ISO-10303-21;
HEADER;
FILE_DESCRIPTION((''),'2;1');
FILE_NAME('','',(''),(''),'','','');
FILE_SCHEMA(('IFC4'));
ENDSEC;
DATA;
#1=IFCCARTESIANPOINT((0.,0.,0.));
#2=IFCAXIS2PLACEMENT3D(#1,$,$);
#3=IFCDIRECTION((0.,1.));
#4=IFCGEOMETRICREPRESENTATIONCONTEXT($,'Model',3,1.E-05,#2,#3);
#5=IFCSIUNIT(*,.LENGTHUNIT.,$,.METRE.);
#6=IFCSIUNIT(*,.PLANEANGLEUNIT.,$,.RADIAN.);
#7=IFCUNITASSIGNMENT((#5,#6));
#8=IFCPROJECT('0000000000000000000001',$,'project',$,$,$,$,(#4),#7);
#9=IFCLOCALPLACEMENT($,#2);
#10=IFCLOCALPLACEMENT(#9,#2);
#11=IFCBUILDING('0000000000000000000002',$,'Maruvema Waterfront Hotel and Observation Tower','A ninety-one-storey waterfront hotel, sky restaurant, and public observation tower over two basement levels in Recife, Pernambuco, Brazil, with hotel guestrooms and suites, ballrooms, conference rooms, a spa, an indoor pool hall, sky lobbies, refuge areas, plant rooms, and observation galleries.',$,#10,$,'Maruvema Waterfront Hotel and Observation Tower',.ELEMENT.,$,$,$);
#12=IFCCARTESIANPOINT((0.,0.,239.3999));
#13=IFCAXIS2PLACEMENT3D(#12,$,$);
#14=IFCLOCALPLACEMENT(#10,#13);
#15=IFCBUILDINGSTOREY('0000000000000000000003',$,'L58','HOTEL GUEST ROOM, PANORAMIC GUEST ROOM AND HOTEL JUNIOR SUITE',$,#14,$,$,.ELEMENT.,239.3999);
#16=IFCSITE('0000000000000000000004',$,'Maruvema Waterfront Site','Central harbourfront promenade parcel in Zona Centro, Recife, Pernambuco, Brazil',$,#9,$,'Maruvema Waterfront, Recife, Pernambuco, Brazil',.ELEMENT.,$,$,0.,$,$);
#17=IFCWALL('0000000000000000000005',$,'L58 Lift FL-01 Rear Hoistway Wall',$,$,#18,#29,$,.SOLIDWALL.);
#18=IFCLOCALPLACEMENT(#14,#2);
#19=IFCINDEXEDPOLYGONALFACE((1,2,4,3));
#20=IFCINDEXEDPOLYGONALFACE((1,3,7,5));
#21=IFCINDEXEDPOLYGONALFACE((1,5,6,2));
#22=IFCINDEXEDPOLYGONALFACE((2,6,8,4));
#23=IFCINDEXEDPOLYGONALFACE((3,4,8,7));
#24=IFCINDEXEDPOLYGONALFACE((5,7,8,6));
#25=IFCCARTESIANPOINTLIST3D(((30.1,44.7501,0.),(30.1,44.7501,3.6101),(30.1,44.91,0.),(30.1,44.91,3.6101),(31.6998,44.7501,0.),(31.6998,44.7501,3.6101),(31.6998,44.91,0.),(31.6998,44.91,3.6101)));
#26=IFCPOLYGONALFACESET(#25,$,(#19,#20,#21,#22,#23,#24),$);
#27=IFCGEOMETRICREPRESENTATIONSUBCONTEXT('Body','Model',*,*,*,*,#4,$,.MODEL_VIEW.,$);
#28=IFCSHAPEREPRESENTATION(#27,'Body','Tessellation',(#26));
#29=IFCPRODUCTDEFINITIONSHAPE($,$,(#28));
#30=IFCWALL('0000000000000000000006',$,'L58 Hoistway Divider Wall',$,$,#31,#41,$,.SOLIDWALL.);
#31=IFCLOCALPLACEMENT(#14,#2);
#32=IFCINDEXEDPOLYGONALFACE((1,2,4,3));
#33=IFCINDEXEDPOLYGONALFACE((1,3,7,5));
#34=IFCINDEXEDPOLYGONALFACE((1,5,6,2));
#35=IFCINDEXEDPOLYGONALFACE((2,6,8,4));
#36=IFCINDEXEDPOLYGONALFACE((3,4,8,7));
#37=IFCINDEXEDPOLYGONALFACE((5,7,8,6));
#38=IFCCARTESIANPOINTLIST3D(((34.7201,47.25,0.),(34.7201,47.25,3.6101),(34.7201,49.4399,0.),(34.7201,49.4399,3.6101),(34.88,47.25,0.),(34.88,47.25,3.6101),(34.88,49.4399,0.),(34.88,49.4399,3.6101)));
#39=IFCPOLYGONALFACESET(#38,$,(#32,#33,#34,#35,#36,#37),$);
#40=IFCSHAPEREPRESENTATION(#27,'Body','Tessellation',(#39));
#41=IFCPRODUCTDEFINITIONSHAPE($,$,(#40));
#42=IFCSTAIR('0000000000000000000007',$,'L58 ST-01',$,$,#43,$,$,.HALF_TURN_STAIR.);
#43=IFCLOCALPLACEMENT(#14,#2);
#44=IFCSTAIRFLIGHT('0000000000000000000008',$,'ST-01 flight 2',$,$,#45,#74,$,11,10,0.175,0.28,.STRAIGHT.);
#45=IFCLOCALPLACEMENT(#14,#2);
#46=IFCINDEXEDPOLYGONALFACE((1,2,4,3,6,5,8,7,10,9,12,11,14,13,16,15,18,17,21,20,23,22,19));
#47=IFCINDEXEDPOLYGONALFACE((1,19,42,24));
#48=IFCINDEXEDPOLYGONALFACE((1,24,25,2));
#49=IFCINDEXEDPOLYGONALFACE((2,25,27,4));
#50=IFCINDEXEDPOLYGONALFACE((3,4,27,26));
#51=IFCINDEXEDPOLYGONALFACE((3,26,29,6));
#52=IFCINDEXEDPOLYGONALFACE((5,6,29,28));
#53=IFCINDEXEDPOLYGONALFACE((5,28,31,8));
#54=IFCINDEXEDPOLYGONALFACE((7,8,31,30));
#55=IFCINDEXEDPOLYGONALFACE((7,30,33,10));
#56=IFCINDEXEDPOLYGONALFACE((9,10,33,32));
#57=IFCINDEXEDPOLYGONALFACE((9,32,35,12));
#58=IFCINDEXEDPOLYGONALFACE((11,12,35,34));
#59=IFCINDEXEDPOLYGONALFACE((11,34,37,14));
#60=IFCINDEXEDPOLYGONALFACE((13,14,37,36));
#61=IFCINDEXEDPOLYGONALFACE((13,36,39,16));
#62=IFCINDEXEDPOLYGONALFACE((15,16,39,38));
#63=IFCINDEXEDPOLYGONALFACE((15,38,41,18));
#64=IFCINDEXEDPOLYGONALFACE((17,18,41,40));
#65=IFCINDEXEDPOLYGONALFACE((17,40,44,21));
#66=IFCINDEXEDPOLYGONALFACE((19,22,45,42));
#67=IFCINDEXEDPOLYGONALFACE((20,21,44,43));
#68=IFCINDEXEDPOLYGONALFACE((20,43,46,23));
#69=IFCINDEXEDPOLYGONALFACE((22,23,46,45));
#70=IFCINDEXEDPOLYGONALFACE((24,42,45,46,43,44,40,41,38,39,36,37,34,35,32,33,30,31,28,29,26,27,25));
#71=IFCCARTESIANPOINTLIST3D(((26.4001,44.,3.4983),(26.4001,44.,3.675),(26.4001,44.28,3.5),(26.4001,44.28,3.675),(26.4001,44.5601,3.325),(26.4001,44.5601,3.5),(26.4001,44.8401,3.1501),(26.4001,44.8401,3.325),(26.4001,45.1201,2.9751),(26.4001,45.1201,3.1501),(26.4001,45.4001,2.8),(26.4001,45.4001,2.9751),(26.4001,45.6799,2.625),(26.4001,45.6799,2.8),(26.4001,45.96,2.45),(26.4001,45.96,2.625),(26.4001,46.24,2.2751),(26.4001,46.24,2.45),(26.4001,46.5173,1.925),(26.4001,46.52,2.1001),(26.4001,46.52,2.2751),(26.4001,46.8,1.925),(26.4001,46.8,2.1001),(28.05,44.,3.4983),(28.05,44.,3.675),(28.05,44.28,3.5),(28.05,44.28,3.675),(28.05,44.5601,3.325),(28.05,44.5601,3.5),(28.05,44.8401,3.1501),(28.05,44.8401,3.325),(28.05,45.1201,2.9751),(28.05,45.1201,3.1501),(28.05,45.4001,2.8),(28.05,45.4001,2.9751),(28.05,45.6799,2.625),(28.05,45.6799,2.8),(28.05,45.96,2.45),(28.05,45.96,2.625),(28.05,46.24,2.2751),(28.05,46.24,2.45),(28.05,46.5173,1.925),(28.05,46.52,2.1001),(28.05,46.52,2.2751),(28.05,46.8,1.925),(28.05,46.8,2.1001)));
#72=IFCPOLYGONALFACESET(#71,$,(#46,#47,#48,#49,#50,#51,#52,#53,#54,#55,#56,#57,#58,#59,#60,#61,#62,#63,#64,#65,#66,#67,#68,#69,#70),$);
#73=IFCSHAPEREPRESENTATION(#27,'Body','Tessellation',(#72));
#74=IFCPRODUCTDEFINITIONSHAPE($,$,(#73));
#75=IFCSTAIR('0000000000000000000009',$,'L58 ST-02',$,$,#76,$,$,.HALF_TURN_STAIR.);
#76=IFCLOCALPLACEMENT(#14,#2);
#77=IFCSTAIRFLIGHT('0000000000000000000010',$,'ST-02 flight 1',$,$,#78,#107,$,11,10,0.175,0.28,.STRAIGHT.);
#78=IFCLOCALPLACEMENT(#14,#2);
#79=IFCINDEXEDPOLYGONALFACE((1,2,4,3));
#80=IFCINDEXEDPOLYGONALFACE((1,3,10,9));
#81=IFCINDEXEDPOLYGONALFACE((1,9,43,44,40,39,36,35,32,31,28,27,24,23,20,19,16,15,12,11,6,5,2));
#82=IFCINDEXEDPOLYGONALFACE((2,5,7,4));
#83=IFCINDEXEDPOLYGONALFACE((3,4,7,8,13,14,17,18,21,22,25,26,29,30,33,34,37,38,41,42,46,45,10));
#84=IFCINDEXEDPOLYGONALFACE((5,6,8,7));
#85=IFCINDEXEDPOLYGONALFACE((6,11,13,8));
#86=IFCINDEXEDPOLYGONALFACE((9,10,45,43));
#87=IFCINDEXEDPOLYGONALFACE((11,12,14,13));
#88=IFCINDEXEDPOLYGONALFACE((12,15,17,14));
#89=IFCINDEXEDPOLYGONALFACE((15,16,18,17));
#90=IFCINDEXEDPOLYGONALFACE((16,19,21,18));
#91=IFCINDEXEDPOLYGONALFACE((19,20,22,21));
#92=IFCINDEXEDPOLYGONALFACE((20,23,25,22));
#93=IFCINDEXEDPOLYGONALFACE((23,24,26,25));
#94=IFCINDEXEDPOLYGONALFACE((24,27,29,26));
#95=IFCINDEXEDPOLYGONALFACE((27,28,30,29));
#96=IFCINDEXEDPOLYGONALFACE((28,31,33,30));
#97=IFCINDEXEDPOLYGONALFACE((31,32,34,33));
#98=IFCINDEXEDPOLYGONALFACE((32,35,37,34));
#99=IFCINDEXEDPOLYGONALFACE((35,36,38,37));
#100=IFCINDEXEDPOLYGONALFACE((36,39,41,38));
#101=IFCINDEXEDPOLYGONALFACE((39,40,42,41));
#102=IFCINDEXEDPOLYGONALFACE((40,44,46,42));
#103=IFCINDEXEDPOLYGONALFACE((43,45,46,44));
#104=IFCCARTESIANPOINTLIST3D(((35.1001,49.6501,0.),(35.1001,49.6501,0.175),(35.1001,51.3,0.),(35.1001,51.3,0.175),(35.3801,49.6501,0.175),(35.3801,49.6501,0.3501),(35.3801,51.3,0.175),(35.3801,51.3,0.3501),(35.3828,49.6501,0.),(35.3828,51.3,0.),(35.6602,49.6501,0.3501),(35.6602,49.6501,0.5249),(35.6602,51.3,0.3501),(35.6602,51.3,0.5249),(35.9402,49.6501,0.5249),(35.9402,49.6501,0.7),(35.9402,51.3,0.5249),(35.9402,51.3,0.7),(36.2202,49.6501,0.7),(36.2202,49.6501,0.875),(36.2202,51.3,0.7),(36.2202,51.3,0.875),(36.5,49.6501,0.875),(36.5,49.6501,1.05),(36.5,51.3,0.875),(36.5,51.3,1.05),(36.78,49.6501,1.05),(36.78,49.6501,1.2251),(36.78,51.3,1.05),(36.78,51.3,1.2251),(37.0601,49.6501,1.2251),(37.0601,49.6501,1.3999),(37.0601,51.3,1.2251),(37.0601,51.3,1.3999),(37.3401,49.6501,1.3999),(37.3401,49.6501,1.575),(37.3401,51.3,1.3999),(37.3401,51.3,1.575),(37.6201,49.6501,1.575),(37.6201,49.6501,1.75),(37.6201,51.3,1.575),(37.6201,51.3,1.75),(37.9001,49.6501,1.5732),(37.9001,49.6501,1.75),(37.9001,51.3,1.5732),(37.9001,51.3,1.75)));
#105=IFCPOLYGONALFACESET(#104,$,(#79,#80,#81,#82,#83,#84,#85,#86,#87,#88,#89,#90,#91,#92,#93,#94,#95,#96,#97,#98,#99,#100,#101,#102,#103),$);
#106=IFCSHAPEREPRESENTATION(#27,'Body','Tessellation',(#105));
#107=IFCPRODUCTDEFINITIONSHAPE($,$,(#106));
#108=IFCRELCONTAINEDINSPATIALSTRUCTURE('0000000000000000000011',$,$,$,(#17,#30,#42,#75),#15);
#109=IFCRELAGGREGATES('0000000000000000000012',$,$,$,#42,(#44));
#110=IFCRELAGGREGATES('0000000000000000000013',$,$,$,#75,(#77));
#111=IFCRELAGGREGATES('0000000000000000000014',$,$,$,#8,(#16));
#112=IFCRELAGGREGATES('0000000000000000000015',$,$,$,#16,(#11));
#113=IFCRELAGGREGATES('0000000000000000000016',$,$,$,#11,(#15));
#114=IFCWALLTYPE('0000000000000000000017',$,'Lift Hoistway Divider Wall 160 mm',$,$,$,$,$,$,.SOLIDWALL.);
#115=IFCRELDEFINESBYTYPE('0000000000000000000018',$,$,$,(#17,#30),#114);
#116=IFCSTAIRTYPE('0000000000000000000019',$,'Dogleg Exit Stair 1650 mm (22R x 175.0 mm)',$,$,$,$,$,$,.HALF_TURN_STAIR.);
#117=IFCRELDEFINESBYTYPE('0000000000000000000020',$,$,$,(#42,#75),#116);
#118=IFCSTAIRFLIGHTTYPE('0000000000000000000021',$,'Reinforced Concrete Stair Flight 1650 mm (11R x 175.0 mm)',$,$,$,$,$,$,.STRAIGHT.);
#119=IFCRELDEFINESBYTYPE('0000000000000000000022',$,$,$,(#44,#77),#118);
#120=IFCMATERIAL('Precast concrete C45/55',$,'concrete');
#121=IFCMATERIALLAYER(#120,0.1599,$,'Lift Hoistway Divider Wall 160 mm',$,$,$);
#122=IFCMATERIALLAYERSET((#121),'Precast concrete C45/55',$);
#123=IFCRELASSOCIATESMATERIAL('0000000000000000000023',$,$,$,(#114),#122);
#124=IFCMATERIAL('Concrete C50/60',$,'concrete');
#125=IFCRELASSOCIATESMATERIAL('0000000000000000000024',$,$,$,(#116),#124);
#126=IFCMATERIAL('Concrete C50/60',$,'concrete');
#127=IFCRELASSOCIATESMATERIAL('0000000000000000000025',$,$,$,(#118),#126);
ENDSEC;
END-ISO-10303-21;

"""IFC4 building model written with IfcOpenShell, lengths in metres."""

from ifc_helpers import new_model, si_unit, direction, frame, frame_2d, origin, place, context, subcontext, project, spatial, polyline, rectangle, outline, extrude, material, layer, layer_set, type_object, element, aggregate, save


model = new_model("IFC4")

# Units and contexts
model_context = context("Model", 3, precision=1e-05, world=origin(), true_north=direction((0.0, 1.0)))
body_context = subcontext(model_context, "Body", "Model", "MODEL_VIEW")
ifc_project = project(units=[si_unit("LENGTHUNIT", "METRE"), si_unit("PLANEANGLEUNIT", "RADIAN")], contexts=[model_context])

# Site, building, storey
site_placement = place(None, origin())
site = spatial("IfcSite", under=ifc_project, at=site_placement, Name="Maruvema Waterfront Site", Description="Central harbourfront promenade parcel in Zona Centro, Recife, Pernambuco, Brazil", LongName="Maruvema Waterfront, Recife, Pernambuco, Brazil", CompositionType="ELEMENT", RefElevation=0.0)
building_placement = place(site_placement, origin())
building = spatial("IfcBuilding", under=site, at=building_placement, Name="Maruvema Waterfront Hotel and Observation Tower", Description="A ninety-one-storey waterfront hotel, sky restaurant, and public observation tower over two basement levels in Recife, Pernambuco, Brazil, with hotel guestrooms and suites, ballrooms, conference rooms, a spa, an indoor pool hall, sky lobbies, refuge areas, plant rooms, and observation galleries.", LongName="Maruvema Waterfront Hotel and Observation Tower", CompositionType="ELEMENT")
storey_placement = place(building_placement, frame((0.0, 0.0, 239.3999)))
storey = spatial("IfcBuildingStorey", under=building, at=storey_placement, Name="L58", Description="HOTEL GUEST ROOM, PANORAMIC GUEST ROOM AND HOTEL JUNIOR SUITE", CompositionType="ELEMENT", Elevation=239.3999)

# Walls
ifc_material_1 = material(Name="Precast concrete C45/55", Category="concrete")
ifc_layer_1 = layer(ifc_material_1, 0.1599, Name="Lift Hoistway Divider Wall 160 mm")
ifc_layer_set_1 = layer_set([ifc_layer_1], Name="Precast concrete C45/55")
wall_type_1 = type_object("IfcWallType", Name="Lift Hoistway Divider Wall 160 mm", PredefinedType="SOLIDWALL", material=ifc_layer_set_1)
wall_1_placement = place(storey_placement, frame((30.1001, 44.8301, 0.0), z_axis=(0.0, 0.0, 1.0), x_axis=(1.0, 0.0, 0.0)))
element("IfcWall", 1, at=wall_1_placement, inside=storey, type_object=wall_type_1, Name="L58 Lift FL-01 Rear Hoistway Wall", PredefinedType="SOLIDWALL", context=body_context, shape_type="SweptSolid", body=[
    extrude(rectangle(XDim=1.5999, YDim=0.1599, at=frame_2d((0.7998, 0.0))), origin(), (0.0, 0.0, 1.0), 3.6101),
])
wall_2_placement = place(storey_placement, frame((34.8, 47.25, 0.0), z_axis=(0.0, 0.0, 1.0), x_axis=(0.0, 1.0, 0.0)))
element("IfcWall", 2, at=wall_2_placement, inside=storey, type_object=wall_type_1, Name="L58 Hoistway Divider Wall", PredefinedType="SOLIDWALL", context=body_context, shape_type="SweptSolid", body=[
    extrude(rectangle(XDim=2.1899, YDim=0.1599, at=frame_2d((1.095, 0.0))), origin(), (0.0, 0.0, 1.0), 3.6101),
])

# Stairs, stair flights
ifc_material_2 = material(Name="Concrete C50/60", Category="concrete")
stair_type = type_object("IfcStairType", Name="Dogleg Exit Stair 1650 mm (22R x 175.0 mm)", PredefinedType="HALF_TURN_STAIR", material=ifc_material_2)
stair_1_placement = place(storey_placement, origin())
stair_1 = element("IfcStair", 3, at=stair_1_placement, inside=storey, type_object=stair_type, Name="L58 ST-01", PredefinedType="HALF_TURN_STAIR")
ifc_material_3 = material(Name="Concrete C50/60", Category="concrete")
stair_flight_type = type_object("IfcStairFlightType", Name="Reinforced Concrete Stair Flight 1650 mm (11R x 175.0 mm)", PredefinedType="STRAIGHT", material=ifc_material_3)
stair_flight_1_placement = place(storey_placement, frame((27.2251, 46.8, 1.925), z_axis=(0.0, 0.0, 1.0), x_axis=(0.0, -1.0, 0.0)))
stair_flight_1 = element("IfcStairFlight", 4, at=stair_flight_1_placement, type_object=stair_flight_type, Name="ST-01 flight 2", NumberOfRisers=11, NumberOfTreads=10, PredefinedType="STRAIGHT", RiserHeight=0.175, TreadLength=0.28, context=body_context, shape_type="SweptSolid", body=[
    extrude(outline(polyline([(0.0, 0.0), (0.0, 0.175), (0.28, 0.175), (0.28, 0.3501), (0.5601, 0.3501), (0.5601, 0.5249), (0.8401, 0.5249), (0.8401, 0.7), (1.1201, 0.7), (1.1201, 0.875), (1.3999, 0.875), (1.3999, 1.05), (1.6799, 1.05), (1.6799, 1.2251), (1.96, 1.2251), (1.96, 1.3999), (2.24, 1.3999), (2.24, 1.575), (2.52, 1.575), (2.52, 1.75), (2.8, 1.75), (2.8, 1.925), (2.8, 1.5732), (0.2827, 0.0), (0.0, 0.0)])), frame((0.0, 0.825, 0.0), z_axis=(0.0, -1.0, 0.0), x_axis=(1.0, 0.0, 0.0)), (0.0, 0.0, 1.0), 1.6499),
])
aggregate(stair_1, [stair_flight_1])
stair_2_placement = place(storey_placement, origin())
stair_2 = element("IfcStair", 5, at=stair_2_placement, inside=storey, type_object=stair_type, Name="L58 ST-02", PredefinedType="HALF_TURN_STAIR")
stair_flight_2_placement = place(storey_placement, frame((35.1001, 50.4751, 0.0), z_axis=(0.0, 0.0, 1.0), x_axis=(1.0, 0.0, 0.0)))
stair_flight_2 = element("IfcStairFlight", 6, at=stair_flight_2_placement, type_object=stair_flight_type, Name="ST-02 flight 1", NumberOfRisers=11, NumberOfTreads=10, PredefinedType="STRAIGHT", RiserHeight=0.175, TreadLength=0.28, context=body_context, shape_type="SweptSolid", body=[
    extrude(outline(polyline([(0.0, 0.0), (0.0, 0.175), (0.28, 0.175), (0.28, 0.3501), (0.5601, 0.3501), (0.5601, 0.5249), (0.8401, 0.5249), (0.8401, 0.7), (1.1201, 0.7), (1.1201, 0.875), (1.3999, 0.875), (1.3999, 1.05), (1.6799, 1.05), (1.6799, 1.2251), (1.96, 1.2251), (1.96, 1.3999), (2.24, 1.3999), (2.24, 1.575), (2.52, 1.575), (2.52, 1.75), (2.8, 1.75), (2.8, 1.925), (2.8, 1.5732), (0.2827, 0.0), (0.0, 0.0)])), frame((0.0, 0.825, 0.0), z_axis=(0.0, -1.0, 0.0), x_axis=(1.0, 0.0, 0.0)), (0.0, 0.0, 1.0), 1.6499),
])
aggregate(stair_2, [stair_flight_2])

save(model, "model.ifc")
